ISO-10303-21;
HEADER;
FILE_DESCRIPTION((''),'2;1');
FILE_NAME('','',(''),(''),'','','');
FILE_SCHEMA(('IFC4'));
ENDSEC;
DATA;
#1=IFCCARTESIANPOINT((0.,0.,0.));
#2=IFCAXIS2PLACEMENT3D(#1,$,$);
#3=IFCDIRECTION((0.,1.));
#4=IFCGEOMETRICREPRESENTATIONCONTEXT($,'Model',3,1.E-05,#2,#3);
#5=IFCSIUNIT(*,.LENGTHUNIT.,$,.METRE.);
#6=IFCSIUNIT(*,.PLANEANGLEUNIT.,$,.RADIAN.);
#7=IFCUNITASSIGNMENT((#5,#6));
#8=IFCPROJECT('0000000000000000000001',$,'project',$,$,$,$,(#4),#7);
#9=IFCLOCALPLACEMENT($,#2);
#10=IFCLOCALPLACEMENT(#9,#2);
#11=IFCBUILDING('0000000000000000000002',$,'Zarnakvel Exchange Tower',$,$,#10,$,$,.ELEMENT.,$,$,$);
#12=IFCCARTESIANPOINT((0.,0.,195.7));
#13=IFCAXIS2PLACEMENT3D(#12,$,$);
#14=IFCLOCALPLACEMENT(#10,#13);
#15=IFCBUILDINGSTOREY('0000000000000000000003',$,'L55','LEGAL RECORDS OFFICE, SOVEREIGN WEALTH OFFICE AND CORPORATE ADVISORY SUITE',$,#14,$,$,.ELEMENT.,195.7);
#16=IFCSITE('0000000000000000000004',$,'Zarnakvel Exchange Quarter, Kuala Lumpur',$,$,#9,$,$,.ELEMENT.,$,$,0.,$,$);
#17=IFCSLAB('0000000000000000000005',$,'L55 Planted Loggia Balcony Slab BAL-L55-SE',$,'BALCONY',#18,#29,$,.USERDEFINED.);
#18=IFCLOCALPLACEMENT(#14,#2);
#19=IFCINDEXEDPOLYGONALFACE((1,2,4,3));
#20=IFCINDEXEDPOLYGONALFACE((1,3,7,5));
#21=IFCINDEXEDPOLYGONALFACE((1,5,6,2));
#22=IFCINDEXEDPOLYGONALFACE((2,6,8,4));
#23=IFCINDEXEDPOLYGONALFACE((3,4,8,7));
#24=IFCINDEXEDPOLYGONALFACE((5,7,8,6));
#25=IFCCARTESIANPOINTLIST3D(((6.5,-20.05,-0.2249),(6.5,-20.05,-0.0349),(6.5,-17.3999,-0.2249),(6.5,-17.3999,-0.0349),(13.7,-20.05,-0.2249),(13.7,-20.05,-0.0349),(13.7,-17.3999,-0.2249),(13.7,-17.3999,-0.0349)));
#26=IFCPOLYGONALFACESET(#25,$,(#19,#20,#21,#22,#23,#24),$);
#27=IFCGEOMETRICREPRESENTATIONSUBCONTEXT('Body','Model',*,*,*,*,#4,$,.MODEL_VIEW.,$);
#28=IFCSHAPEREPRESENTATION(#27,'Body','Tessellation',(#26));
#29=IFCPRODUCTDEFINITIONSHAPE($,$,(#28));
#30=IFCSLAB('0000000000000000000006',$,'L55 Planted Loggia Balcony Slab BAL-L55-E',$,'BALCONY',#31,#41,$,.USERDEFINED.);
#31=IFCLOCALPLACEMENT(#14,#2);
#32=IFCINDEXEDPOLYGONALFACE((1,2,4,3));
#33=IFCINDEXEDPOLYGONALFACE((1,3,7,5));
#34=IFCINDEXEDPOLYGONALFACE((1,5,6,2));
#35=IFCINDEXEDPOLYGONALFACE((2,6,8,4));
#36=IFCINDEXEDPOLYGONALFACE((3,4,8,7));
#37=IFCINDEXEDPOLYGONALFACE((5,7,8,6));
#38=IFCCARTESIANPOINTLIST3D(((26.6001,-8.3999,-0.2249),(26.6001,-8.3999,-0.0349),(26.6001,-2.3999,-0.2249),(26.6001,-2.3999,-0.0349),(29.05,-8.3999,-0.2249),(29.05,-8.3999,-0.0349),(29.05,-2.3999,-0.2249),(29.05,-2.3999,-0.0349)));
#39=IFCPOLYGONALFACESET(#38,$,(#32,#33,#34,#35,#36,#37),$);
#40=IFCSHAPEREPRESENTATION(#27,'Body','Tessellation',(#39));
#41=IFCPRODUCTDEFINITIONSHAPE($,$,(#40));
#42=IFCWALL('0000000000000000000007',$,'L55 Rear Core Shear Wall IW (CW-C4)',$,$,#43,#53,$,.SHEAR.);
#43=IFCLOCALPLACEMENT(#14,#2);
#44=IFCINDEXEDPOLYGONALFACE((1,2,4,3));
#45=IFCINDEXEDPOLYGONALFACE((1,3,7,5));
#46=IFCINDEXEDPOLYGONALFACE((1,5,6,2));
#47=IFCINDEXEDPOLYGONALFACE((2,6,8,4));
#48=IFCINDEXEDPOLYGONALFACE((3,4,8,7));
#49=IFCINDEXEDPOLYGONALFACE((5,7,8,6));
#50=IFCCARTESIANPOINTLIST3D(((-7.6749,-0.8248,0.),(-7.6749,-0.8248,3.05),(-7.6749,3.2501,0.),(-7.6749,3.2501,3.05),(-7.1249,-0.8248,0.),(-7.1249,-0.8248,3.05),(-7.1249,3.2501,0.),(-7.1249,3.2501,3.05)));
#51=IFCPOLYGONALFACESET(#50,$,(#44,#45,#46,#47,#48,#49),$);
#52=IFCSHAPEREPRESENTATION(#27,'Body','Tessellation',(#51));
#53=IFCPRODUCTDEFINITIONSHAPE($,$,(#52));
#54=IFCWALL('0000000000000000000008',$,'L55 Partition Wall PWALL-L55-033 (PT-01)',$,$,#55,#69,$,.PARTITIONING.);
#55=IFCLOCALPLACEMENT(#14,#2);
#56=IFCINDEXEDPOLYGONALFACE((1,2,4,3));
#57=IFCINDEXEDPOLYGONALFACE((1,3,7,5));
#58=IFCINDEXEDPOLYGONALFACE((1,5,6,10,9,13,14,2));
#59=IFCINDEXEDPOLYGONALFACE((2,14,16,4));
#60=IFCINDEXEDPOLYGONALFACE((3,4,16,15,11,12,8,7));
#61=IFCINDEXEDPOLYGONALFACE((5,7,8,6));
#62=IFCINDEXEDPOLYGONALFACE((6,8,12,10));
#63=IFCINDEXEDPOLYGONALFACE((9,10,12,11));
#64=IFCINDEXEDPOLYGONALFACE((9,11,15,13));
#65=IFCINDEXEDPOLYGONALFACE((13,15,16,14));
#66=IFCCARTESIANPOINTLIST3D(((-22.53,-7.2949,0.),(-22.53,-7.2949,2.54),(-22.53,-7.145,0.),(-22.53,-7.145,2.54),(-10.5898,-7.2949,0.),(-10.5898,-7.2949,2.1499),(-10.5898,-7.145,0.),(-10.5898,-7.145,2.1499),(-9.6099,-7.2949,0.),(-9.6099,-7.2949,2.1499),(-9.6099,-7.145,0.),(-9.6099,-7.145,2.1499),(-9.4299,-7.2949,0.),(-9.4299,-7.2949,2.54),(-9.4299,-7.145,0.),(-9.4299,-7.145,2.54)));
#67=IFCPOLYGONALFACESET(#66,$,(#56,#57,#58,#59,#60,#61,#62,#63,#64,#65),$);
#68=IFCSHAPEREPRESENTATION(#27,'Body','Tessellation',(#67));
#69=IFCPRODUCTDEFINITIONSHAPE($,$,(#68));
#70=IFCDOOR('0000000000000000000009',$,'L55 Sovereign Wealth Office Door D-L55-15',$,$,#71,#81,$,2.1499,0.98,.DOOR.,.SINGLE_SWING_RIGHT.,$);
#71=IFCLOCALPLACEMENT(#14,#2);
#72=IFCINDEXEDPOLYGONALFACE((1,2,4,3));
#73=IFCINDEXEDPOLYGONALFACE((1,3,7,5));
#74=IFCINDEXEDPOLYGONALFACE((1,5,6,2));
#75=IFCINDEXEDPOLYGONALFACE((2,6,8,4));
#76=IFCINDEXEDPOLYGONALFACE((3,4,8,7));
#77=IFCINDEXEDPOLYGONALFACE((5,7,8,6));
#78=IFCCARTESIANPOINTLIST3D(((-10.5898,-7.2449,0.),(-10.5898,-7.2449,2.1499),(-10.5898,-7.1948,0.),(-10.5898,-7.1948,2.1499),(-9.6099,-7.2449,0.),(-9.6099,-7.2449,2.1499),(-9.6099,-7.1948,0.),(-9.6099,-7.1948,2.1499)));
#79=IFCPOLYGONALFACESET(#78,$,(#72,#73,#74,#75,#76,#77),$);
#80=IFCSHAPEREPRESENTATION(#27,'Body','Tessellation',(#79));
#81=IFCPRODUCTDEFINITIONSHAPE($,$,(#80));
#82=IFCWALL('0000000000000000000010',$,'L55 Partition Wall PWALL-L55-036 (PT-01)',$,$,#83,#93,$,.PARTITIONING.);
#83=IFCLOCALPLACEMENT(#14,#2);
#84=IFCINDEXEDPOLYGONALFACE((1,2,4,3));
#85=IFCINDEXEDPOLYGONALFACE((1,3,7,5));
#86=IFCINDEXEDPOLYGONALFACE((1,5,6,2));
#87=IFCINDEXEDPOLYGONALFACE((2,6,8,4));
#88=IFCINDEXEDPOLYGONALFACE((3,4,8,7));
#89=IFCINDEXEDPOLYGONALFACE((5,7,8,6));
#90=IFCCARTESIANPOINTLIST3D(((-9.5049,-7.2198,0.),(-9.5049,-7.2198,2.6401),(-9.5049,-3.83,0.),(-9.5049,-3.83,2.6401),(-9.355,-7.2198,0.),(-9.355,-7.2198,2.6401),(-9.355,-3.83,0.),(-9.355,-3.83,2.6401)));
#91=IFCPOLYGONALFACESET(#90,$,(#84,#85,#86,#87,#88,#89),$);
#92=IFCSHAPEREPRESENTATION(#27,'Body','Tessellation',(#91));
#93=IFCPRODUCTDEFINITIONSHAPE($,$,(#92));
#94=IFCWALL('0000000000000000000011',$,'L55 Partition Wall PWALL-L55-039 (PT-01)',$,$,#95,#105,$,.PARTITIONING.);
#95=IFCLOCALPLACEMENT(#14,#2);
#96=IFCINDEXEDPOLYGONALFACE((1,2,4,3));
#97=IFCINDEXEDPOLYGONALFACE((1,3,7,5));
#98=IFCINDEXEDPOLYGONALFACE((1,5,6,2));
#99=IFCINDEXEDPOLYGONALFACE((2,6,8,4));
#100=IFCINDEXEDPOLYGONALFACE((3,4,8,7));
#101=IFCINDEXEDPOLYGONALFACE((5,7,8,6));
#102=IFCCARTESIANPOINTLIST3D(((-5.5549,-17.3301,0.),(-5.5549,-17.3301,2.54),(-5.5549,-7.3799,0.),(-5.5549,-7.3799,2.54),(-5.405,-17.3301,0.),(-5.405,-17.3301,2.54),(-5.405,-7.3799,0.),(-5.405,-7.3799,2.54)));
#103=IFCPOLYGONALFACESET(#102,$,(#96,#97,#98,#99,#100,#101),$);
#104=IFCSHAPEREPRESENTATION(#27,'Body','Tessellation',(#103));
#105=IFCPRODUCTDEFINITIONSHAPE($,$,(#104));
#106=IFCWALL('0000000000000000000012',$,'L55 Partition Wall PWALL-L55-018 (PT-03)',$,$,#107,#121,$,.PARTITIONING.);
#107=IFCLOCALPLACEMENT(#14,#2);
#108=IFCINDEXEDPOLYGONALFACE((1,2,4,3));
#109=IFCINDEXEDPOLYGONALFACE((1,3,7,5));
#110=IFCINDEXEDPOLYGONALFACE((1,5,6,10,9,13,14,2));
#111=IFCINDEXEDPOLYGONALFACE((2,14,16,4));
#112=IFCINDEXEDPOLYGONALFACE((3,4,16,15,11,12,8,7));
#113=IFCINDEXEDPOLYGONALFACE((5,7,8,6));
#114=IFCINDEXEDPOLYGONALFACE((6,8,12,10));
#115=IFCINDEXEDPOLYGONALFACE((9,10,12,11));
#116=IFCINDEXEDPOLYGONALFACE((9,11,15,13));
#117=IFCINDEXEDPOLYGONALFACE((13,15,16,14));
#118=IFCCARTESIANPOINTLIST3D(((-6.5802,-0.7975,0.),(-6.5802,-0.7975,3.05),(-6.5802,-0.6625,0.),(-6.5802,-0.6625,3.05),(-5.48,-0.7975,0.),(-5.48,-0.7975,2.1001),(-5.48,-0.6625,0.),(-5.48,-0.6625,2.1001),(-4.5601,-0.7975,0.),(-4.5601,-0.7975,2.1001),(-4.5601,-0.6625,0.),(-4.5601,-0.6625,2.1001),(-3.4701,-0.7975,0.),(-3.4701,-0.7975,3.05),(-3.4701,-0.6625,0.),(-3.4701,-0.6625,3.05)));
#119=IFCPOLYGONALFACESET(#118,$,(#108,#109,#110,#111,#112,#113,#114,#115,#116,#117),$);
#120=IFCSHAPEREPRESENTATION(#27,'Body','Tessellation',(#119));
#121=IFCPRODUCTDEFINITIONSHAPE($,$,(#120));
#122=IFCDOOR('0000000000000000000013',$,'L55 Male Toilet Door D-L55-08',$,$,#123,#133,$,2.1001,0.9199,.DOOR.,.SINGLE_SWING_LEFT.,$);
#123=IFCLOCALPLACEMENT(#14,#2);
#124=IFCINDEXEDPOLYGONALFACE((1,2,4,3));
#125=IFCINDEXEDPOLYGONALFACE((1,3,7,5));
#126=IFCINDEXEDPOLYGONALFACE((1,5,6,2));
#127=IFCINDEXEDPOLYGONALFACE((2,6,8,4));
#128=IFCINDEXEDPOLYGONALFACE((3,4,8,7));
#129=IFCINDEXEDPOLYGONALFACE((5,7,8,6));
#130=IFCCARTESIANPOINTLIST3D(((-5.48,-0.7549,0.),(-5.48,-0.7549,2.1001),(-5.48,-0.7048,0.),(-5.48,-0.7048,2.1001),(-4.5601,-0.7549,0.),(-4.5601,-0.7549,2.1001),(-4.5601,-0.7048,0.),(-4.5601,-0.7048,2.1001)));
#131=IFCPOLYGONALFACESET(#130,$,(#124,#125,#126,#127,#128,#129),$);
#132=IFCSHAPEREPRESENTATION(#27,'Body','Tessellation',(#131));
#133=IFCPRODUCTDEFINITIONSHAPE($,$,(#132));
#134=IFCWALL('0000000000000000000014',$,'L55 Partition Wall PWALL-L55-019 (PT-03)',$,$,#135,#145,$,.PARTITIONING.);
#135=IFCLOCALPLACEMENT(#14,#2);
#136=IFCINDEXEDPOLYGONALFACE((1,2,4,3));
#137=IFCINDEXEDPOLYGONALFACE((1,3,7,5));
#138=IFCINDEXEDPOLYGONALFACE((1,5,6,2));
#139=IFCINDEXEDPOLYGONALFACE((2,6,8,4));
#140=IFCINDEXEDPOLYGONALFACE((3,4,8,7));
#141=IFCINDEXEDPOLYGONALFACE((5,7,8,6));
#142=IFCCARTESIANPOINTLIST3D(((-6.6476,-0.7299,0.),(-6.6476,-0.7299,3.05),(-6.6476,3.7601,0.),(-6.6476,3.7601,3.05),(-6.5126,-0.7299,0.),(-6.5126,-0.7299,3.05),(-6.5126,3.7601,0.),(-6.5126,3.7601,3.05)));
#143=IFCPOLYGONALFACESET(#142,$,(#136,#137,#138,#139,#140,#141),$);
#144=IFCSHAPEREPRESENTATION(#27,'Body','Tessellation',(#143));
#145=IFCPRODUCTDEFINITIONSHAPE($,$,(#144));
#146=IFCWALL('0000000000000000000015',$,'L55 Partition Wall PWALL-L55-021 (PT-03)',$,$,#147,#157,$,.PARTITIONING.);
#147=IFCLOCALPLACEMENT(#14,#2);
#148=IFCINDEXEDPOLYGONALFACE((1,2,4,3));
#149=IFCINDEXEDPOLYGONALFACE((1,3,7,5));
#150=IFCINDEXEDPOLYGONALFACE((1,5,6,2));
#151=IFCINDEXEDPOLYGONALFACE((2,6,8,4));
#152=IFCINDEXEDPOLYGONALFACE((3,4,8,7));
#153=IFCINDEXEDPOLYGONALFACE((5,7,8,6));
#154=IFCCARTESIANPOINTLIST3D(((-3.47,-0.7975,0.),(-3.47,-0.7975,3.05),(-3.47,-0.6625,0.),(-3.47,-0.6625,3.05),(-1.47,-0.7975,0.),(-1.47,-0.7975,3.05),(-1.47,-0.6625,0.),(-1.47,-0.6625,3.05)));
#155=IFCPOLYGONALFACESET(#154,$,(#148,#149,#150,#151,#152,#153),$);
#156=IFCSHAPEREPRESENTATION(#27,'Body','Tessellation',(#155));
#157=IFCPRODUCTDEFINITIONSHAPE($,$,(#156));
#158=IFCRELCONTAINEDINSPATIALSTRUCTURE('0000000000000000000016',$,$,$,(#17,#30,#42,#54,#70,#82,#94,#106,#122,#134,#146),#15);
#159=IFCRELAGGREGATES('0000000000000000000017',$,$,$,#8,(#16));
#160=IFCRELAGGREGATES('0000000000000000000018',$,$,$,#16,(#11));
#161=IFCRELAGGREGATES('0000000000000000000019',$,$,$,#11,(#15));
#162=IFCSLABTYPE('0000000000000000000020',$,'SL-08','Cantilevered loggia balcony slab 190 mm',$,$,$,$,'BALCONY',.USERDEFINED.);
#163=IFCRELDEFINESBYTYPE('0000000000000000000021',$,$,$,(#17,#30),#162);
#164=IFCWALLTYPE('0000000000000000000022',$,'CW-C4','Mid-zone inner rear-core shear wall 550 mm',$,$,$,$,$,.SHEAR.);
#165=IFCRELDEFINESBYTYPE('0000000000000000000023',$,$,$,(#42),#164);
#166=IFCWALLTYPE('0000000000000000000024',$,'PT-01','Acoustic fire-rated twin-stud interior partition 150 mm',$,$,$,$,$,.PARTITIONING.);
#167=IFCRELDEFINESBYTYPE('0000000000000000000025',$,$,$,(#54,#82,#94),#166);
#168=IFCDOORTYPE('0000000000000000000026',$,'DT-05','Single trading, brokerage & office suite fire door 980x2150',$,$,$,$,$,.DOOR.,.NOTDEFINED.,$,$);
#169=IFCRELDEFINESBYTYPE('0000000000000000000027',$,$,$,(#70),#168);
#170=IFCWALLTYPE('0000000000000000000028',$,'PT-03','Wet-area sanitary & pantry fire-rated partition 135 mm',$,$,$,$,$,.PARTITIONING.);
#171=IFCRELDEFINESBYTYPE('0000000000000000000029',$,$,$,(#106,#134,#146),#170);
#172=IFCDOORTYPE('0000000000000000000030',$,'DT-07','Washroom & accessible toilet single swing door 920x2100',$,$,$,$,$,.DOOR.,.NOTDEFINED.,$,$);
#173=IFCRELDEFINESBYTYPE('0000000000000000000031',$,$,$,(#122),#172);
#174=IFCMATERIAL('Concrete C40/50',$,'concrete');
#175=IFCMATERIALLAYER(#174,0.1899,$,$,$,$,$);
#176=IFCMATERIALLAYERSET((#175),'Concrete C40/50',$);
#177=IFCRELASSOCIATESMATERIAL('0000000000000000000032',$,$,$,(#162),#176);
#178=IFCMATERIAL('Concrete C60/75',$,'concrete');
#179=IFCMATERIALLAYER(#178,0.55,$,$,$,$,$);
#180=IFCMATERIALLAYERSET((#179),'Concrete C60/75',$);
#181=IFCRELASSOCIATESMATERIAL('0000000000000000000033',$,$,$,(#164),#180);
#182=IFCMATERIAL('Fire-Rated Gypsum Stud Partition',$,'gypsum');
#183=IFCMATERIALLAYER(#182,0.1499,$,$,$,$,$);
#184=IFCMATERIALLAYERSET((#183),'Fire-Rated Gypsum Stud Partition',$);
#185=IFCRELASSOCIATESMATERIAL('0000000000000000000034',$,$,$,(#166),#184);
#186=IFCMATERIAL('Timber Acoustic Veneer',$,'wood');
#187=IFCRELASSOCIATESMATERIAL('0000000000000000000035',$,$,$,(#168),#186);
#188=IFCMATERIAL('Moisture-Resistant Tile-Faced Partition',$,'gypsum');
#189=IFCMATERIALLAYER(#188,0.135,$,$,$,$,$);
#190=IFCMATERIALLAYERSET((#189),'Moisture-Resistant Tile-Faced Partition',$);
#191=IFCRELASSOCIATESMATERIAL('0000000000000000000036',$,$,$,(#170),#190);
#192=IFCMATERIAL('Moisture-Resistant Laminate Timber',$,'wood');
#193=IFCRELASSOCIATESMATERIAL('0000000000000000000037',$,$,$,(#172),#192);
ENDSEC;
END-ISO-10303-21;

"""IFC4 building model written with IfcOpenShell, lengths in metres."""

from ifc_helpers import new_model, si_unit, direction, frame, frame_2d, origin, place, context, subcontext, project, spatial, polyline, rectangle, outline, extrude, source, transform, mapped, material, layer, layer_set, type_object, element, fill, save


model = new_model("IFC4")

# Units and contexts
model_context = context("Model", 3, precision=1e-05, world=origin(), true_north=direction((0.0, 1.0)))
body_context = subcontext(model_context, "Body", "Model", "MODEL_VIEW")
ifc_project = project(units=[si_unit("LENGTHUNIT", "METRE"), si_unit("PLANEANGLEUNIT", "RADIAN")], contexts=[model_context])

# Site, building, storey
site_placement = place(None, origin())
site = spatial("IfcSite", under=ifc_project, at=site_placement, Name="Zarnakvel Exchange Quarter, Kuala Lumpur", CompositionType="ELEMENT", RefElevation=0.0)
building_placement = place(site_placement, origin())
building = spatial("IfcBuilding", under=site, at=building_placement, Name="Zarnakvel Exchange Tower", CompositionType="ELEMENT")
storey_placement = place(building_placement, frame((0.0, 0.0, 195.7)))
storey = spatial("IfcBuildingStorey", under=building, at=storey_placement, Name="L55", Description="LEGAL RECORDS OFFICE, SOVEREIGN WEALTH OFFICE AND CORPORATE ADVISORY SUITE", CompositionType="ELEMENT", Elevation=195.7)

# Shared definitions
ifc_material_1 = material(Name="Concrete C60/75", Category="concrete")

# Shared definitions
ifc_material_2 = material(Name="Concrete C40/50", Category="concrete")

# Slabs
ifc_layer_1 = layer(ifc_material_2, 0.1899)
ifc_layer_set_1 = layer_set([ifc_layer_1], Name="Concrete C40/50")
slab_type_1 = type_object("IfcSlabType", Name="SL-08", Description="Cantilevered loggia balcony slab 190 mm", ElementType="BALCONY", PredefinedType="USERDEFINED", material=ifc_layer_set_1)
slab_1_placement = place(storey_placement, frame((0.0, 0.0, -0.2249)))
element("IfcSlab", 1, at=slab_1_placement, inside=storey, type_object=slab_type_1, Name="L55 Planted Loggia Balcony Slab BAL-L55-SE", ObjectType="BALCONY", PredefinedType="USERDEFINED", context=body_context, shape_type="SweptSolid", body=[
    extrude(outline(polyline([(6.5, -20.05), (13.7, -20.05), (13.7, -17.3999), (6.5, -17.3999), (6.5, -20.05)])), origin(), (0.0, 0.0, 1.0), 0.1899),
])
slab_2_placement = place(storey_placement, frame((0.0, 0.0, -0.2249)))
element("IfcSlab", 2, at=slab_2_placement, inside=storey, type_object=slab_type_1, Name="L55 Planted Loggia Balcony Slab BAL-L55-E", ObjectType="BALCONY", PredefinedType="USERDEFINED", context=body_context, shape_type="SweptSolid", body=[
    extrude(outline(polyline([(26.6001, -8.3999), (29.05, -8.3999), (29.05, -2.3999), (26.6001, -2.3999), (26.6001, -8.3999)])), origin(), (0.0, 0.0, 1.0), 0.1899),
])

# Wall
ifc_layer_2 = layer(ifc_material_1, 0.55)
ifc_layer_set_2 = layer_set([ifc_layer_2], Name="Concrete C60/75")
wall_type_1 = type_object("IfcWallType", Name="CW-C4", Description="Mid-zone inner rear-core shear wall 550 mm", PredefinedType="SHEAR", material=ifc_layer_set_2)
wall_1_placement = place(storey_placement, frame((-7.3999, -0.825, 0.0), z_axis=(0.0, 0.0, 1.0), x_axis=(0.0, 1.0, 0.0)))
element("IfcWall", 3, at=wall_1_placement, inside=storey, type_object=wall_type_1, Name="L55 Rear Core Shear Wall IW (CW-C4)", PredefinedType="SHEAR", context=body_context, shape_type="SweptSolid", body=[
    extrude(rectangle(XDim=4.075, YDim=0.55, at=frame_2d((2.0376, 0.0))), origin(), (0.0, 0.0, 1.0), 3.05),
])

# Wall, opening, door
ifc_material_3 = material(Name="Fire-Rated Gypsum Stud Partition", Category="gypsum")
ifc_layer_3 = layer(ifc_material_3, 0.1499)
ifc_layer_set_3 = layer_set([ifc_layer_3], Name="Fire-Rated Gypsum Stud Partition")
wall_type_2 = type_object("IfcWallType", Name="PT-01", Description="Acoustic fire-rated twin-stud interior partition 150 mm", PredefinedType="PARTITIONING", material=ifc_layer_set_3)
wall_2_placement = place(storey_placement, frame((-9.4299, -7.22, 0.0), z_axis=(0.0, 0.0, 1.0), x_axis=(-1.0, 0.0, 0.0)))
wall_2 = element("IfcWall", 4, at=wall_2_placement, inside=storey, type_object=wall_type_2, Name="L55 Partition Wall PWALL-L55-033 (PT-01)", PredefinedType="PARTITIONING", context=body_context, shape_type="SweptSolid", body=[
    extrude(rectangle(XDim=13.1001, YDim=0.1499, at=frame_2d((6.55, 0.0))), origin(), (0.0, 0.0, 1.0), 2.54),
])
opening_1_placement = place(wall_2_placement, frame((0.1799, 0.0, 0.0)))
opening_1 = element("IfcOpeningElement", 5, at=opening_1_placement, cuts=wall_2, PredefinedType="OPENING", context=body_context, shape_type="SweptSolid", body=[
    extrude(rectangle(XDim=0.98, YDim=2.1499, at=frame_2d((0.49, 1.075))), frame((0.0, 0.085, 0.0), z_axis=(0.0, -1.0, 0.0), x_axis=(1.0, 0.0, 0.0)), (0.0, 0.0, 1.0), 0.1699),
])
ifc_material_4 = material(Name="Timber Acoustic Veneer", Category="wood")
door_type_1 = type_object("IfcDoorType", Name="DT-05", Description="Single trading, brokerage & office suite fire door 980x2150", OperationType="NOTDEFINED", PredefinedType="DOOR", material=ifc_material_4)
shared_shape_1 = source(origin(), body_context, "Body", "SweptSolid", [
    extrude(rectangle(XDim=0.98, YDim=2.1499, at=frame_2d((0.49, 1.075))), frame((0.0, 0.0249, 0.0), z_axis=(0.0, -1.0, 0.0), x_axis=(1.0, 0.0, 0.0)), (0.0, 0.0, 1.0), 0.05),
])
door_1_placement = place(opening_1_placement, origin())
door_1 = element("IfcDoor", 6, at=door_1_placement, inside=storey, type_object=door_type_1, Name="L55 Sovereign Wealth Office Door D-L55-15", OperationType="SINGLE_SWING_RIGHT", OverallHeight=2.1499, OverallWidth=0.98, PredefinedType="DOOR", context=body_context, shape_type="MappedRepresentation", body=[
    mapped(shared_shape_1, transform((0.0, 0.0, 0.0), x_axis=(1.0, 0.0, 0.0), y_axis=(0.0, 1.0, 0.0), z_axis=(0.0, 0.0, 1.0), scale=1.0)),
])
fill(opening_1, door_1)

# Walls
wall_3_placement = place(storey_placement, frame((-9.4299, -3.8301, 0.0), z_axis=(0.0, 0.0, 1.0), x_axis=(0.0, -1.0, 0.0)))
element("IfcWall", 7, at=wall_3_placement, inside=storey, type_object=wall_type_2, Name="L55 Partition Wall PWALL-L55-036 (PT-01)", PredefinedType="PARTITIONING", context=body_context, shape_type="SweptSolid", body=[
    extrude(rectangle(XDim=3.3899, YDim=0.1499, at=frame_2d((1.6948, 0.0))), origin(), (0.0, 0.0, 1.0), 2.6401),
])
wall_4_placement = place(storey_placement, frame((-5.48, -7.3799, 0.0), z_axis=(0.0, 0.0, 1.0), x_axis=(0.0, -1.0, 0.0)))
element("IfcWall", 8, at=wall_4_placement, inside=storey, type_object=wall_type_2, Name="L55 Partition Wall PWALL-L55-039 (PT-01)", PredefinedType="PARTITIONING", context=body_context, shape_type="SweptSolid", body=[
    extrude(rectangle(XDim=9.9502, YDim=0.1499, at=frame_2d((4.9751, 0.0))), origin(), (0.0, 0.0, 1.0), 2.54),
])

# Wall, opening, door
ifc_material_5 = material(Name="Moisture-Resistant Tile-Faced Partition", Category="gypsum")
ifc_layer_4 = layer(ifc_material_5, 0.135)
ifc_layer_set_4 = layer_set([ifc_layer_4], Name="Moisture-Resistant Tile-Faced Partition")
wall_type_3 = type_object("IfcWallType", Name="PT-03", Description="Wet-area sanitary & pantry fire-rated partition 135 mm", PredefinedType="PARTITIONING", material=ifc_layer_set_4)
wall_5_placement = place(storey_placement, frame((-3.47, -0.73, 0.0), z_axis=(0.0, 0.0, 1.0), x_axis=(-1.0, 0.0, 0.0)))
wall_5 = element("IfcWall", 9, at=wall_5_placement, inside=storey, type_object=wall_type_3, Name="L55 Partition Wall PWALL-L55-018 (PT-03)", PredefinedType="PARTITIONING", context=body_context, shape_type="SweptSolid", body=[
    extrude(rectangle(XDim=3.1101, YDim=0.135, at=frame_2d((1.5552, 0.0))), origin(), (0.0, 0.0, 1.0), 3.05),
])
opening_2_placement = place(wall_5_placement, frame((1.0901, 0.0, 0.0)))
opening_2 = element("IfcOpeningElement", 10, at=opening_2_placement, cuts=wall_5, PredefinedType="OPENING", context=body_context, shape_type="SweptSolid", body=[
    extrude(rectangle(XDim=0.9199, YDim=2.1001, at=frame_2d((0.46, 1.05))), frame((0.0, 0.0774, 0.0), z_axis=(0.0, -1.0, 0.0), x_axis=(1.0, 0.0, 0.0)), (0.0, 0.0, 1.0), 0.155),
])
ifc_material_6 = material(Name="Moisture-Resistant Laminate Timber", Category="wood")
door_type_2 = type_object("IfcDoorType", Name="DT-07", Description="Washroom & accessible toilet single swing door 920x2100", OperationType="NOTDEFINED", PredefinedType="DOOR", material=ifc_material_6)
shared_shape_2 = source(origin(), body_context, "Body", "SweptSolid", [
    extrude(rectangle(XDim=0.9199, YDim=2.1001, at=frame_2d((0.46, 1.05))), frame((0.0, 0.0249, 0.0), z_axis=(0.0, -1.0, 0.0), x_axis=(1.0, 0.0, 0.0)), (0.0, 0.0, 1.0), 0.05),
])
door_2_placement = place(opening_2_placement, origin())
door_2 = element("IfcDoor", 11, at=door_2_placement, inside=storey, type_object=door_type_2, Name="L55 Male Toilet Door D-L55-08", OperationType="SINGLE_SWING_LEFT", OverallHeight=2.1001, OverallWidth=0.9199, PredefinedType="DOOR", context=body_context, shape_type="MappedRepresentation", body=[
    mapped(shared_shape_2, transform((0.0, 0.0, 0.0), x_axis=(1.0, 0.0, 0.0), y_axis=(0.0, 1.0, 0.0), z_axis=(0.0, 0.0, 1.0), scale=1.0)),
])
fill(opening_2, door_2)

# Walls
wall_6_placement = place(storey_placement, frame((-6.5801, -0.73, 0.0), z_axis=(0.0, 0.0, 1.0), x_axis=(0.0, 1.0, 0.0)))
element("IfcWall", 12, at=wall_6_placement, inside=storey, type_object=wall_type_3, Name="L55 Partition Wall PWALL-L55-019 (PT-03)", PredefinedType="PARTITIONING", context=body_context, shape_type="SweptSolid", body=[
    extrude(rectangle(XDim=4.49, YDim=0.135, at=frame_2d((2.2451, 0.0))), origin(), (0.0, 0.0, 1.0), 3.05),
])
wall_7_placement = place(storey_placement, frame((-1.47, -0.73, 0.0), z_axis=(0.0, 0.0, 1.0), x_axis=(-1.0, 0.0, 0.0)))
element("IfcWall", 13, at=wall_7_placement, inside=storey, type_object=wall_type_3, Name="L55 Partition Wall PWALL-L55-021 (PT-03)", PredefinedType="PARTITIONING", context=body_context, shape_type="SweptSolid", body=[
    extrude(rectangle(XDim=2.0, YDim=0.135, at=frame_2d((1.0, 0.0))), origin(), (0.0, 0.0, 1.0), 3.05),
])

save(model, "model.ifc")
